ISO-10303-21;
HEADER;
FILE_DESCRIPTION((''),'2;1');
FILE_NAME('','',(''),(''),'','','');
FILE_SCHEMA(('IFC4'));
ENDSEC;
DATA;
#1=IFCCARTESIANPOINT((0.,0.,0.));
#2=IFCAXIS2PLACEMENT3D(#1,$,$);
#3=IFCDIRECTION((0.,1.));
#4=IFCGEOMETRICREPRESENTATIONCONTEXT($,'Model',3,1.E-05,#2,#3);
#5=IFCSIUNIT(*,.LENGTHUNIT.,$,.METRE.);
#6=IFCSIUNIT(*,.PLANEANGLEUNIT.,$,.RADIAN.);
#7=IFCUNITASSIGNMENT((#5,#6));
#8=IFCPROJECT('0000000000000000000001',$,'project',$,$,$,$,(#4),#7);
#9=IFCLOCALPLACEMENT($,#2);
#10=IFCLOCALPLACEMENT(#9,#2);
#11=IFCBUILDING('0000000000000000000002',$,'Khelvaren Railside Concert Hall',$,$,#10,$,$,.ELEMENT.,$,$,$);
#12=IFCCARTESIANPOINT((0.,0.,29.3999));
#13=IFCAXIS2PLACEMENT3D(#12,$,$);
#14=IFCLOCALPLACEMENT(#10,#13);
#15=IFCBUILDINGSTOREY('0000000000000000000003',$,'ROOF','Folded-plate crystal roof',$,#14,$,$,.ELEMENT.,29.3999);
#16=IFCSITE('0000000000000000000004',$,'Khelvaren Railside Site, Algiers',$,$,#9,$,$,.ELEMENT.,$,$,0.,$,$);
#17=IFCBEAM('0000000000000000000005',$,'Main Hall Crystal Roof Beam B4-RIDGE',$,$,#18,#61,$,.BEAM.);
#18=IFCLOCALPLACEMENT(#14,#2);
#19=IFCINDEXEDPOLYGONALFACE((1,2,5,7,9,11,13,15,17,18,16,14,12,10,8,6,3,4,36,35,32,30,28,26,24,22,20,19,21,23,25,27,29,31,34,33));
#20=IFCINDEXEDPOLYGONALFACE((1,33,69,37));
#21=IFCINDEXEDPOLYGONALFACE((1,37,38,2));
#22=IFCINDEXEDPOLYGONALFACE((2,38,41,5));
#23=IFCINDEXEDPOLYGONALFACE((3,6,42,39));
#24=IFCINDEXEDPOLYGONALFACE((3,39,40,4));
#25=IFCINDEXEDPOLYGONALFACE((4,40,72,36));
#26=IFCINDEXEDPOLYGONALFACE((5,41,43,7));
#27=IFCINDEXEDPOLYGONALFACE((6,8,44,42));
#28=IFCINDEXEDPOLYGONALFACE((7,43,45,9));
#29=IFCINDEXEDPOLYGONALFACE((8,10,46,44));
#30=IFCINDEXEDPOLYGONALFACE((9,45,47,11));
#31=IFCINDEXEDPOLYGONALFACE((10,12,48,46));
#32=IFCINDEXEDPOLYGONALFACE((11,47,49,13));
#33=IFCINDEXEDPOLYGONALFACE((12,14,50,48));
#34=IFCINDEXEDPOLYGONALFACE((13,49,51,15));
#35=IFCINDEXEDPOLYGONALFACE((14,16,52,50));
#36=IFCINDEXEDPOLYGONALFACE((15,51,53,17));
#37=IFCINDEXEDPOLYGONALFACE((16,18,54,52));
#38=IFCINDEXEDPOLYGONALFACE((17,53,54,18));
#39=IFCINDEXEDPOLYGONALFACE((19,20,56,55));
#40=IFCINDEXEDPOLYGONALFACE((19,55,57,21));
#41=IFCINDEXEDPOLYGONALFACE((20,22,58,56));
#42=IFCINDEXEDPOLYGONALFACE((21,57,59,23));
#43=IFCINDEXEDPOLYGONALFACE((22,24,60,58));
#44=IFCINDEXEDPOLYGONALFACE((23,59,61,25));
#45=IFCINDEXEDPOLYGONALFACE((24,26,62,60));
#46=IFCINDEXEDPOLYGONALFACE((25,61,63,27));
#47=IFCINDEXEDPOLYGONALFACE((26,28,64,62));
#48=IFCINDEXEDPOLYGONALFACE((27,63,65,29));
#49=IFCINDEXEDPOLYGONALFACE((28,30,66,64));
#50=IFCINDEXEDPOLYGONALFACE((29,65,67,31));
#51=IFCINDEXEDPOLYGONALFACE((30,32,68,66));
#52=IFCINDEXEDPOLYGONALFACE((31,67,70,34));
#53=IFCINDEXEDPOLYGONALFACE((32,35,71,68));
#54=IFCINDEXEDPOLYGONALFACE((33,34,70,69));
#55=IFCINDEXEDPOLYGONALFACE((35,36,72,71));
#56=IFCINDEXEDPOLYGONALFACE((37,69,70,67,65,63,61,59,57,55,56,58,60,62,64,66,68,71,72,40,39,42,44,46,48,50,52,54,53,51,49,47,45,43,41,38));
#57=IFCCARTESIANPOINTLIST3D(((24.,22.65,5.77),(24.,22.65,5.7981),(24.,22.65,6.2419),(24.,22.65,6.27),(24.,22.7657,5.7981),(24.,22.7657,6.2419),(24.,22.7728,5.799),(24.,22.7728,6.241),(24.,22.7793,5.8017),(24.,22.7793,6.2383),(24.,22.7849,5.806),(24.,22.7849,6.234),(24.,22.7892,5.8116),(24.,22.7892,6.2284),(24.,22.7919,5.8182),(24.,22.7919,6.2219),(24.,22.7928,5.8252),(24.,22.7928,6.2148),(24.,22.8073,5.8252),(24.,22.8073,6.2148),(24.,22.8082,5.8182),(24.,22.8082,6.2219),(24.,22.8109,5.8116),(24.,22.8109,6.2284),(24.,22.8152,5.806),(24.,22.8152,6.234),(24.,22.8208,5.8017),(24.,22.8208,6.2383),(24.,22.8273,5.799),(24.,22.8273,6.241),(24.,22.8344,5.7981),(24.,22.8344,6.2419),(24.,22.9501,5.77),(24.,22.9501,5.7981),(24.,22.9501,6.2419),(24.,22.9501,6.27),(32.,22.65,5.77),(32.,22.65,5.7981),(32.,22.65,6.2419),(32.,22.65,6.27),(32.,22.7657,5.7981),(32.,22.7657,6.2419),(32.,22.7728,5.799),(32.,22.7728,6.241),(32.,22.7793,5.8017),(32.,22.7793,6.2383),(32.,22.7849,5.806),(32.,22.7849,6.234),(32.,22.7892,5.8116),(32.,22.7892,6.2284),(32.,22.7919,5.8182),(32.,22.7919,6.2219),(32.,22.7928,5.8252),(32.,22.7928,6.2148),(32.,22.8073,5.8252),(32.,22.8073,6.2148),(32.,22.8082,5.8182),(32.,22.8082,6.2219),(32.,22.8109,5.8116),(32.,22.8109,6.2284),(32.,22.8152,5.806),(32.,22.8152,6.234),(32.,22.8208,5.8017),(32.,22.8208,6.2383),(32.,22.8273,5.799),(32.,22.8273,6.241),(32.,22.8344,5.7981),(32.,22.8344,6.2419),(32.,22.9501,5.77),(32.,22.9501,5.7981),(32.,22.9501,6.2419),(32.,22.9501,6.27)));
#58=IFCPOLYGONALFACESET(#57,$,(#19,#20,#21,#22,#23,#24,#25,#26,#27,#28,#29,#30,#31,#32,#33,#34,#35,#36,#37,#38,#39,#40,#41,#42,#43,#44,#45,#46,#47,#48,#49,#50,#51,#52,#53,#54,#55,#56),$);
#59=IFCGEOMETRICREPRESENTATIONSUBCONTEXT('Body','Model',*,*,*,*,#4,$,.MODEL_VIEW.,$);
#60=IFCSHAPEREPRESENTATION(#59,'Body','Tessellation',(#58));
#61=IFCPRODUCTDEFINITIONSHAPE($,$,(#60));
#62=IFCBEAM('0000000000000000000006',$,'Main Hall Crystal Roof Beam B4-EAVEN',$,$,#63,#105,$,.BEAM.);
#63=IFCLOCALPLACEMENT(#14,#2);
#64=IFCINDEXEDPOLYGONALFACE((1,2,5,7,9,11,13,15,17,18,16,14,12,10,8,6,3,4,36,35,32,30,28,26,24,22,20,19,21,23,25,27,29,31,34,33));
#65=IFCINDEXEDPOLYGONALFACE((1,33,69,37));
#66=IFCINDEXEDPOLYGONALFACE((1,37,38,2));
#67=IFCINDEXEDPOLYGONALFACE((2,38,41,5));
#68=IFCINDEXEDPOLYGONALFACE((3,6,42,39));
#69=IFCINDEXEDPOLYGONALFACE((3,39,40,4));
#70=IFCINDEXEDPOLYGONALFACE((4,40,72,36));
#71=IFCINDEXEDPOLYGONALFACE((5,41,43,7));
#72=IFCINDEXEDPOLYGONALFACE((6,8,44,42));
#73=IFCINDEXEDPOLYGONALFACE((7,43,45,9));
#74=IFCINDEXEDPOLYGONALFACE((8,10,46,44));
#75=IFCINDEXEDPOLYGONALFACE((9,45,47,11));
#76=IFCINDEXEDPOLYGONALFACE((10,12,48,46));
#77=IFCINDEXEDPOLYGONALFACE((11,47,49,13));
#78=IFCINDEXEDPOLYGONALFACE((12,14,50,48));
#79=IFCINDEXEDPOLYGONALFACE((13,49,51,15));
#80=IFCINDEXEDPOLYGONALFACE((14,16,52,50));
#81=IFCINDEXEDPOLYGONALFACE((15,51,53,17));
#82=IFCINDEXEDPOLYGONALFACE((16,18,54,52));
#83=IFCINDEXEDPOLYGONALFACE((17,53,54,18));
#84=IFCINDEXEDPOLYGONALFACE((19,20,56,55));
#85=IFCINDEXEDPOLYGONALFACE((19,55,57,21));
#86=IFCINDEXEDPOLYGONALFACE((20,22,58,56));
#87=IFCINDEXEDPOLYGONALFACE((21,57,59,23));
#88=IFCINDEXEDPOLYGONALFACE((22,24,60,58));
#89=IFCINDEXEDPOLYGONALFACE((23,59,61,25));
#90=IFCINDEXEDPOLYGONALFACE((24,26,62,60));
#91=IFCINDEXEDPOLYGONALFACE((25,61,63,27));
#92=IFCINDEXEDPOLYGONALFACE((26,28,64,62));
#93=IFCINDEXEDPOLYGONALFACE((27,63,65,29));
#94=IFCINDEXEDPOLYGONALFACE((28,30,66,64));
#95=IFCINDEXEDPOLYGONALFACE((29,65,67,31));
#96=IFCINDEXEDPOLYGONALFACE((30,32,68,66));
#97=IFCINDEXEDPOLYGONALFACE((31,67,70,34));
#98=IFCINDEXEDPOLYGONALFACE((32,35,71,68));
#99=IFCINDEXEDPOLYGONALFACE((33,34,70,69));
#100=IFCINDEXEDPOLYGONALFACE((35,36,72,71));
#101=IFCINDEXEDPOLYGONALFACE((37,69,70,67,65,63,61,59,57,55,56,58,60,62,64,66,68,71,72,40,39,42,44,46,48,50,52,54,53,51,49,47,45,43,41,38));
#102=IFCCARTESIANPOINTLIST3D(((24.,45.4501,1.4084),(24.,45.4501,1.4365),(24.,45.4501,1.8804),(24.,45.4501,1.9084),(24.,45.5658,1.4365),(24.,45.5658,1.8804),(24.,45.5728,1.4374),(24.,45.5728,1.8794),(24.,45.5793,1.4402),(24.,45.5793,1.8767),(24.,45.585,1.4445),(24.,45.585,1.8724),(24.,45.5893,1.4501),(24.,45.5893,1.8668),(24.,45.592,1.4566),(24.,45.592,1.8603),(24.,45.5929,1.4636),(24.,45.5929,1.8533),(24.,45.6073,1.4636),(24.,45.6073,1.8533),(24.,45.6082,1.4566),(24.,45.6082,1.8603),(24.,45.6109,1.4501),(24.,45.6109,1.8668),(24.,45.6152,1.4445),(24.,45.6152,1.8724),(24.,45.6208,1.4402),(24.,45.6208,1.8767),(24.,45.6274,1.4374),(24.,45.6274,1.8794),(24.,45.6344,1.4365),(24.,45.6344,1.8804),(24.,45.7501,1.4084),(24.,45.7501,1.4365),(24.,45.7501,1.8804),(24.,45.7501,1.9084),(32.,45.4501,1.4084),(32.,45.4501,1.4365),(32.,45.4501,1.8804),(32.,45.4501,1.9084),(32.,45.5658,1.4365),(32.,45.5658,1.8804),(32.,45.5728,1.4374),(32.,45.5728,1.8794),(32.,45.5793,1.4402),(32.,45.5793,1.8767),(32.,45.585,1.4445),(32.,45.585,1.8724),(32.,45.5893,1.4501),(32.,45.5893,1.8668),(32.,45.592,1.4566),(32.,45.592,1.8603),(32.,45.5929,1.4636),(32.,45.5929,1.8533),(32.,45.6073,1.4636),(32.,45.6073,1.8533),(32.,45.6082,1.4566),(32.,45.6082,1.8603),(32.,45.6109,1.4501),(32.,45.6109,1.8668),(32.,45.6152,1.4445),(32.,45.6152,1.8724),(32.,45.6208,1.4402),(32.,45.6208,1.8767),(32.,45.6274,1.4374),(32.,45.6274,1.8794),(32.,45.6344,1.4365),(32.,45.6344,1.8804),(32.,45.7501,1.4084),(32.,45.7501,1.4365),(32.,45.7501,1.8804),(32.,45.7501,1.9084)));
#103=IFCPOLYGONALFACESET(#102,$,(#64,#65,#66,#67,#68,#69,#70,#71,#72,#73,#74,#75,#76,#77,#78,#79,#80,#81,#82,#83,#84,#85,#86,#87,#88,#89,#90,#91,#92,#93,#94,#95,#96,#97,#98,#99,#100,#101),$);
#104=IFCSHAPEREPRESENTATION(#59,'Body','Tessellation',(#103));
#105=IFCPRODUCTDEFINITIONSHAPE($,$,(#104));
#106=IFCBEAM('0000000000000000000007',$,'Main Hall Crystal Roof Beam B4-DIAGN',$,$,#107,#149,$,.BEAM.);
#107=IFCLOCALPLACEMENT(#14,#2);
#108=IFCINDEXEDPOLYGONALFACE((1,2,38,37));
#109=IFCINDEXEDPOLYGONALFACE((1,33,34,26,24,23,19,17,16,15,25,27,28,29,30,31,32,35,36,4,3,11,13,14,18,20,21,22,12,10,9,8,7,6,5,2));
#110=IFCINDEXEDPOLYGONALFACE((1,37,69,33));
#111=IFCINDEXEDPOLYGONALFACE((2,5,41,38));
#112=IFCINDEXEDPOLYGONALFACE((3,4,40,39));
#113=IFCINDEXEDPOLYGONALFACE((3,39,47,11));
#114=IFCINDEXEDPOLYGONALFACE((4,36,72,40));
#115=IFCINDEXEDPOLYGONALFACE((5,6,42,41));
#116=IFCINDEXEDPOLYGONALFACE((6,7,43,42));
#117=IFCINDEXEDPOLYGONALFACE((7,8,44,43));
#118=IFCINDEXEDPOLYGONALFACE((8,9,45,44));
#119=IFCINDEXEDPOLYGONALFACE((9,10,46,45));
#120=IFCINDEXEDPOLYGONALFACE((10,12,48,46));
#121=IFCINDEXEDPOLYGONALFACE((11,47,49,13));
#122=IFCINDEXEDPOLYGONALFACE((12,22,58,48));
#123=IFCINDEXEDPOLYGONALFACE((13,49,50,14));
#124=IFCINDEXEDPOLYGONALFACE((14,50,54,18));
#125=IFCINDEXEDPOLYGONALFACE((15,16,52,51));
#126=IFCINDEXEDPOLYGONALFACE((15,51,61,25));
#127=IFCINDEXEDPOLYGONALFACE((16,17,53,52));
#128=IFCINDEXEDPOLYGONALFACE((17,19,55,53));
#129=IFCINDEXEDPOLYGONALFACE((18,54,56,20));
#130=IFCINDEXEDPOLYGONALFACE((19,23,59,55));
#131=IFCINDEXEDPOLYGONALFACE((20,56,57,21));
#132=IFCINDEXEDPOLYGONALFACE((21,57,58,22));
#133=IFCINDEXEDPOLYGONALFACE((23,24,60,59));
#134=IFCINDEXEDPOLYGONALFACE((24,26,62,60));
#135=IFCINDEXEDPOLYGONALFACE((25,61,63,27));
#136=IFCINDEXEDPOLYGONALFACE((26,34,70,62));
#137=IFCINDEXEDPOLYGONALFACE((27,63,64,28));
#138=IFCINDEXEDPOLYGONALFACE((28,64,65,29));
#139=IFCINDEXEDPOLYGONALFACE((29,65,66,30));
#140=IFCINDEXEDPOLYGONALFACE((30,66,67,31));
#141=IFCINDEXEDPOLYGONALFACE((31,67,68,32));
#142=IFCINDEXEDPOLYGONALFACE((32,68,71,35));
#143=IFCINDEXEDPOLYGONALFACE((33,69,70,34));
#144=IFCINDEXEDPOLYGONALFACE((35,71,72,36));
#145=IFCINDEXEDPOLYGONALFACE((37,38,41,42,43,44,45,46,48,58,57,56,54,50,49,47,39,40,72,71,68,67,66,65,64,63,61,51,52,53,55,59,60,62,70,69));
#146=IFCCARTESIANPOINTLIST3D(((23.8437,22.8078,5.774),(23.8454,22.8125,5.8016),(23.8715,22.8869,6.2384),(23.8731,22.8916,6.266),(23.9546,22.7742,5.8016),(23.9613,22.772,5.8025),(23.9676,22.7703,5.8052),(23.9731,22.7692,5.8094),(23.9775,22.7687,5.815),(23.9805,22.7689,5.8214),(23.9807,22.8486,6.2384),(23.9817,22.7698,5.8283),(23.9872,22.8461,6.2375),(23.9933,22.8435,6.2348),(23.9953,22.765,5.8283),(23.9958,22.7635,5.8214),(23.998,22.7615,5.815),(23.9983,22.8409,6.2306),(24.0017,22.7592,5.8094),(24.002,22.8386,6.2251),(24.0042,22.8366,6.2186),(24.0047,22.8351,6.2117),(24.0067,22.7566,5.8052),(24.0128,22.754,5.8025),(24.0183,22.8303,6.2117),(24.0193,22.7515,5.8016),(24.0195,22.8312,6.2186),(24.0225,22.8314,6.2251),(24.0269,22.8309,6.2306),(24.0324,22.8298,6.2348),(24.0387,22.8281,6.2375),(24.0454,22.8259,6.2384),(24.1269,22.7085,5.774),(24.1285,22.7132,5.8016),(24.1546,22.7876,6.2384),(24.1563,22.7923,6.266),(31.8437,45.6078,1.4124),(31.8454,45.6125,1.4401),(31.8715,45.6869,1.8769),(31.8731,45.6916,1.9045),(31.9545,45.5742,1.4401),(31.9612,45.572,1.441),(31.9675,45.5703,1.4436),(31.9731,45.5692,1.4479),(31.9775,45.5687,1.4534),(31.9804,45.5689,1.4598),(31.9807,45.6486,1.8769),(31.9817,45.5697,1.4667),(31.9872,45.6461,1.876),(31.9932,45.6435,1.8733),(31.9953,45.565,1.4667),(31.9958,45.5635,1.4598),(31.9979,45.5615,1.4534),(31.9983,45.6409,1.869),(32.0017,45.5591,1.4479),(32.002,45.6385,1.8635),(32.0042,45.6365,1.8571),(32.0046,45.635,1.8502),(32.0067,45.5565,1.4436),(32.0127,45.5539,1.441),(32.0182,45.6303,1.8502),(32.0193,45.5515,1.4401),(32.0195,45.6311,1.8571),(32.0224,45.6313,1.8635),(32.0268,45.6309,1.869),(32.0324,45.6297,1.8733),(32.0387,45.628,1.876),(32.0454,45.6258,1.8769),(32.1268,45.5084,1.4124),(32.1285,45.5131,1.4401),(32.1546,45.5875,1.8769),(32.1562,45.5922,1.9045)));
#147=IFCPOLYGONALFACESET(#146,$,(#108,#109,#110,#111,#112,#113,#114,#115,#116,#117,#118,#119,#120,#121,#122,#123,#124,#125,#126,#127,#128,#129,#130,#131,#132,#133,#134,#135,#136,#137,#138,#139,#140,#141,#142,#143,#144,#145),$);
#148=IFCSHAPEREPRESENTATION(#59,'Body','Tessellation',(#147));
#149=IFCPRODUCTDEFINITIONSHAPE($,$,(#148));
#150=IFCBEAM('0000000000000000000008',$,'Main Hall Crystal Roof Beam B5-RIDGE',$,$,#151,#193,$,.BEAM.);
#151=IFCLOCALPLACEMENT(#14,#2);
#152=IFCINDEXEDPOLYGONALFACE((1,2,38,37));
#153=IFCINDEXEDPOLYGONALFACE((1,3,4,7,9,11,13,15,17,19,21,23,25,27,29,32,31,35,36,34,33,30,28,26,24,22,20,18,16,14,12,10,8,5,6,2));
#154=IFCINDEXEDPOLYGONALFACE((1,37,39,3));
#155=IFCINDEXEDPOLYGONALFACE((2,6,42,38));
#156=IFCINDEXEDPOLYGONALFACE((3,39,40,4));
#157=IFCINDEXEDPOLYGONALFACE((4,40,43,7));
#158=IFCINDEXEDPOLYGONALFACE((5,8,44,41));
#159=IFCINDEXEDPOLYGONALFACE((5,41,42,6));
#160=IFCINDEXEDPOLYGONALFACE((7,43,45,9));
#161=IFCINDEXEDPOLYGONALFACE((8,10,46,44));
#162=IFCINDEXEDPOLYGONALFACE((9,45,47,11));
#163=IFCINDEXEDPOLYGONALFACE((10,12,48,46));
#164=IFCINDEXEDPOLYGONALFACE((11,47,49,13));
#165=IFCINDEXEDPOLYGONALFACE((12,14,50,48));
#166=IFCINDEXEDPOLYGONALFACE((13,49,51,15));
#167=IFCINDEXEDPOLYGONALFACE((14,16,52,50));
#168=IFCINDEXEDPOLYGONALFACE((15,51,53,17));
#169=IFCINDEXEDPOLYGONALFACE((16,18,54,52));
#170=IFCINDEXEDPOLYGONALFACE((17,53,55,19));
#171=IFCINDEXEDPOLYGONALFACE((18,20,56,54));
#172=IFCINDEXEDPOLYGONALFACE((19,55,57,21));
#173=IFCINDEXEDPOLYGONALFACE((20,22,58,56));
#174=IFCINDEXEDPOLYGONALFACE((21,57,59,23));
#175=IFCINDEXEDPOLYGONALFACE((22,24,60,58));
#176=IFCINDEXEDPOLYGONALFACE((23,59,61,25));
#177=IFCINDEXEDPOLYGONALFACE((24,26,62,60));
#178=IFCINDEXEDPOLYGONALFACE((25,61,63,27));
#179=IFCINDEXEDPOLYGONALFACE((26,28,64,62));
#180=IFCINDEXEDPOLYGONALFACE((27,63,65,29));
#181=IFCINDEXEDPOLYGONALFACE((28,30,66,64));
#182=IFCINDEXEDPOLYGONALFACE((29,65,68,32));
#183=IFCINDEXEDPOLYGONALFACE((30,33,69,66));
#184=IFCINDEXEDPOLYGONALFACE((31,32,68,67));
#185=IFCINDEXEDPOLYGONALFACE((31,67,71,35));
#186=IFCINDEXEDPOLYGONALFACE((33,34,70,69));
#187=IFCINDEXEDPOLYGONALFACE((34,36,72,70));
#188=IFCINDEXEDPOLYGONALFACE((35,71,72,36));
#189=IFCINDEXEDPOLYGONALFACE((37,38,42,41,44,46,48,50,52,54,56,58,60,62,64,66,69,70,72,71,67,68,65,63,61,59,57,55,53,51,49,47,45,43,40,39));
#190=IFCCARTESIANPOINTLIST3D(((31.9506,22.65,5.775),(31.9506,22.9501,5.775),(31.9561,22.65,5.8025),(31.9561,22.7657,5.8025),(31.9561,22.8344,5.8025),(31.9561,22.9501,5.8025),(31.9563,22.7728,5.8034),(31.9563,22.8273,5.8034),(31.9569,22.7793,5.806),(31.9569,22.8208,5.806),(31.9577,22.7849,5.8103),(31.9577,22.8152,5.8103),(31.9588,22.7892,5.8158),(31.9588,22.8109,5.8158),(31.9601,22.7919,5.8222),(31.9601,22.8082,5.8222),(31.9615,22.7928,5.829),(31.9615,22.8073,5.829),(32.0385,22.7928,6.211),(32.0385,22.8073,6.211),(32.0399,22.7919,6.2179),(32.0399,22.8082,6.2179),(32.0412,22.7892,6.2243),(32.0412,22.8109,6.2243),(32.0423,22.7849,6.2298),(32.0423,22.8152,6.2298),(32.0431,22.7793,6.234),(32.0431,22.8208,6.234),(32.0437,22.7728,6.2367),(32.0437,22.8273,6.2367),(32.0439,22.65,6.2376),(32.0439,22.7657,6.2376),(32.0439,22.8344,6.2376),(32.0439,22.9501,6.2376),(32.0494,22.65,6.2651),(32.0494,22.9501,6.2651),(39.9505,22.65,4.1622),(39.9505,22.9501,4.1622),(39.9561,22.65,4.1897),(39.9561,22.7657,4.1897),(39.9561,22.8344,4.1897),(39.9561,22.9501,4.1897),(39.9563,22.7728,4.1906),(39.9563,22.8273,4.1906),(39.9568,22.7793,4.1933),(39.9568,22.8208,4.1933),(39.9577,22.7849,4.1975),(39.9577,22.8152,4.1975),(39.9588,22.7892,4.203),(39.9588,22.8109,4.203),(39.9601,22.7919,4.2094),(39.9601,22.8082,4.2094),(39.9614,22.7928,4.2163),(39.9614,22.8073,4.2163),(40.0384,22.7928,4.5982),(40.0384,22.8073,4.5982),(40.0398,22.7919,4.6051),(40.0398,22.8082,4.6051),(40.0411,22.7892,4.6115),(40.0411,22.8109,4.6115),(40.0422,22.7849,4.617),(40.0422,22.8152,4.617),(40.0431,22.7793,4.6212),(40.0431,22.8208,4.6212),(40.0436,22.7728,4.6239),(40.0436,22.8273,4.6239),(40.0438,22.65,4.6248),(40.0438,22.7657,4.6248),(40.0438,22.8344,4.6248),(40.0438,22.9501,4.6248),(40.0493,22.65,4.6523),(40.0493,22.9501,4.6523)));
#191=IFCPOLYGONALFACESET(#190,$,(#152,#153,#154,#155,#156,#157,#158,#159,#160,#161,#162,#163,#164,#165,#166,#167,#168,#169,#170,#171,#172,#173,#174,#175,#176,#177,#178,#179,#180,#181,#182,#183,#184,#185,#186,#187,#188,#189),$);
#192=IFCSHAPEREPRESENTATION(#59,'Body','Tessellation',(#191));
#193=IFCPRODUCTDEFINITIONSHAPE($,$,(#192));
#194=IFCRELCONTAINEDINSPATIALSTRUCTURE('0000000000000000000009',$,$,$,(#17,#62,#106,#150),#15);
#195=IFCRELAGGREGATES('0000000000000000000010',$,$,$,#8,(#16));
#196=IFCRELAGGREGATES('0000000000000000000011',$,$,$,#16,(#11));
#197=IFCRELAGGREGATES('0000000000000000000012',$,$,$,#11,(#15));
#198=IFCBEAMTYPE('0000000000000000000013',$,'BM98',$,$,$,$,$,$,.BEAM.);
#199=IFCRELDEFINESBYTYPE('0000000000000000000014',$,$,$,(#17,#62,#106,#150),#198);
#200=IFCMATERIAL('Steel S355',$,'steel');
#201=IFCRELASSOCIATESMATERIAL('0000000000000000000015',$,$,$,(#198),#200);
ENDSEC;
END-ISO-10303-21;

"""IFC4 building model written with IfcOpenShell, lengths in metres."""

from ifc_helpers import new_model, si_unit, direction, frame, origin, origin_2d, place, context, subcontext, project, spatial, i_section, extrude, material, material_profile, profile_set, type_object, element, save


model = new_model("IFC4")

# Units and contexts
model_context = context("Model", 3, precision=1e-05, world=origin(), true_north=direction((0.0, 1.0)))
body_context = subcontext(model_context, "Body", "Model", "MODEL_VIEW")
ifc_project = project(units=[si_unit("LENGTHUNIT", "METRE"), si_unit("PLANEANGLEUNIT", "RADIAN")], contexts=[model_context])

# Site, building, storey
site_placement = place(None, origin())
site = spatial("IfcSite", under=ifc_project, at=site_placement, Name="Khelvaren Railside Site, Algiers", CompositionType="ELEMENT", RefElevation=0.0)
building_placement = place(site_placement, origin())
building = spatial("IfcBuilding", under=site, at=building_placement, Name="Khelvaren Railside Concert Hall", CompositionType="ELEMENT")
storey_placement = place(building_placement, frame((0.0, 0.0, 29.3999)))
storey = spatial("IfcBuildingStorey", under=building, at=storey_placement, Name="ROOF", Description="Folded-plate crystal roof", CompositionType="ELEMENT", Elevation=29.3999)

# Beams
ifc_material_1 = material(Name="Steel S355", Category="steel")
ifc_material_profile_1 = material_profile(ifc_material_1, i_section(OverallWidth=0.3, OverallDepth=0.5, WebThickness=0.0144, FlangeThickness=0.0281, FilletRadius=0.0271, at=origin_2d()), Name="HEB 500")
ifc_profile_set_1 = profile_set([ifc_material_profile_1], Name="Steel S355")
beam_type = type_object("IfcBeamType", Name="BM98", PredefinedType="BEAM", material=ifc_profile_set_1)
for number, where, z_axis, x_axis, name in (
    (1, (24.0, 22.8, 6.02), (1.0, 0.0, 0.0), (0.0, 1.0, 0.0), "Main Hall Crystal Roof Beam B4-RIDGE"),
    (2, (24.0, 45.6001, 1.6584), (1.0, 0.0, 0.0), (0.0, 1.0, 0.0), "Main Hall Crystal Roof Beam B4-EAVEN"),
):
    element("IfcBeam", number, at=place(storey_placement, frame(where, z_axis=z_axis, x_axis=x_axis)), inside=storey, type_object=beam_type, Name=name, PredefinedType="BEAM", context=body_context, shape_type="SweptSolid", body=[
        extrude(i_section(OverallWidth=0.3, OverallDepth=0.5, WebThickness=0.0144, FlangeThickness=0.0281, FilletRadius=0.0271, at=origin_2d()), origin(), (0.0, 0.0, 1.0), 8.0),
    ])
beam_1_placement = place(storey_placement, frame((24.0, 22.8, 6.02), z_axis=(0.325822, 0.928593, -0.177637), x_axis=(-0.9436, 0.331087, 0.0)))
element("IfcBeam", 3, at=beam_1_placement, inside=storey, type_object=beam_type, Name="Main Hall Crystal Roof Beam B4-DIAGN", PredefinedType="BEAM", context=body_context, shape_type="SweptSolid", body=[
    extrude(i_section(OverallWidth=0.3, OverallDepth=0.5, WebThickness=0.0144, FlangeThickness=0.0281, FilletRadius=0.0271, at=origin_2d()), origin(), (0.0, 0.0, 1.0), 24.5532),
])
for number, where, z_axis, x_axis, name in (
    (4, (32.0, 22.8, 6.02), (0.980278, 0.0, -0.197623), (0.0, 1.0, 0.0), "Main Hall Crystal Roof Beam B5-RIDGE"),
):
    element("IfcBeam", number, at=place(storey_placement, frame(where, z_axis=z_axis, x_axis=x_axis)), inside=storey, type_object=beam_type, Name=name, PredefinedType="BEAM", context=body_context, shape_type="SweptSolid", body=[
        extrude(i_section(OverallWidth=0.3, OverallDepth=0.5, WebThickness=0.0144, FlangeThickness=0.0281, FilletRadius=0.0271, at=origin_2d()), origin(), (0.0, 0.0, 1.0), 8.1609),
    ])

save(model, "model.ifc")
